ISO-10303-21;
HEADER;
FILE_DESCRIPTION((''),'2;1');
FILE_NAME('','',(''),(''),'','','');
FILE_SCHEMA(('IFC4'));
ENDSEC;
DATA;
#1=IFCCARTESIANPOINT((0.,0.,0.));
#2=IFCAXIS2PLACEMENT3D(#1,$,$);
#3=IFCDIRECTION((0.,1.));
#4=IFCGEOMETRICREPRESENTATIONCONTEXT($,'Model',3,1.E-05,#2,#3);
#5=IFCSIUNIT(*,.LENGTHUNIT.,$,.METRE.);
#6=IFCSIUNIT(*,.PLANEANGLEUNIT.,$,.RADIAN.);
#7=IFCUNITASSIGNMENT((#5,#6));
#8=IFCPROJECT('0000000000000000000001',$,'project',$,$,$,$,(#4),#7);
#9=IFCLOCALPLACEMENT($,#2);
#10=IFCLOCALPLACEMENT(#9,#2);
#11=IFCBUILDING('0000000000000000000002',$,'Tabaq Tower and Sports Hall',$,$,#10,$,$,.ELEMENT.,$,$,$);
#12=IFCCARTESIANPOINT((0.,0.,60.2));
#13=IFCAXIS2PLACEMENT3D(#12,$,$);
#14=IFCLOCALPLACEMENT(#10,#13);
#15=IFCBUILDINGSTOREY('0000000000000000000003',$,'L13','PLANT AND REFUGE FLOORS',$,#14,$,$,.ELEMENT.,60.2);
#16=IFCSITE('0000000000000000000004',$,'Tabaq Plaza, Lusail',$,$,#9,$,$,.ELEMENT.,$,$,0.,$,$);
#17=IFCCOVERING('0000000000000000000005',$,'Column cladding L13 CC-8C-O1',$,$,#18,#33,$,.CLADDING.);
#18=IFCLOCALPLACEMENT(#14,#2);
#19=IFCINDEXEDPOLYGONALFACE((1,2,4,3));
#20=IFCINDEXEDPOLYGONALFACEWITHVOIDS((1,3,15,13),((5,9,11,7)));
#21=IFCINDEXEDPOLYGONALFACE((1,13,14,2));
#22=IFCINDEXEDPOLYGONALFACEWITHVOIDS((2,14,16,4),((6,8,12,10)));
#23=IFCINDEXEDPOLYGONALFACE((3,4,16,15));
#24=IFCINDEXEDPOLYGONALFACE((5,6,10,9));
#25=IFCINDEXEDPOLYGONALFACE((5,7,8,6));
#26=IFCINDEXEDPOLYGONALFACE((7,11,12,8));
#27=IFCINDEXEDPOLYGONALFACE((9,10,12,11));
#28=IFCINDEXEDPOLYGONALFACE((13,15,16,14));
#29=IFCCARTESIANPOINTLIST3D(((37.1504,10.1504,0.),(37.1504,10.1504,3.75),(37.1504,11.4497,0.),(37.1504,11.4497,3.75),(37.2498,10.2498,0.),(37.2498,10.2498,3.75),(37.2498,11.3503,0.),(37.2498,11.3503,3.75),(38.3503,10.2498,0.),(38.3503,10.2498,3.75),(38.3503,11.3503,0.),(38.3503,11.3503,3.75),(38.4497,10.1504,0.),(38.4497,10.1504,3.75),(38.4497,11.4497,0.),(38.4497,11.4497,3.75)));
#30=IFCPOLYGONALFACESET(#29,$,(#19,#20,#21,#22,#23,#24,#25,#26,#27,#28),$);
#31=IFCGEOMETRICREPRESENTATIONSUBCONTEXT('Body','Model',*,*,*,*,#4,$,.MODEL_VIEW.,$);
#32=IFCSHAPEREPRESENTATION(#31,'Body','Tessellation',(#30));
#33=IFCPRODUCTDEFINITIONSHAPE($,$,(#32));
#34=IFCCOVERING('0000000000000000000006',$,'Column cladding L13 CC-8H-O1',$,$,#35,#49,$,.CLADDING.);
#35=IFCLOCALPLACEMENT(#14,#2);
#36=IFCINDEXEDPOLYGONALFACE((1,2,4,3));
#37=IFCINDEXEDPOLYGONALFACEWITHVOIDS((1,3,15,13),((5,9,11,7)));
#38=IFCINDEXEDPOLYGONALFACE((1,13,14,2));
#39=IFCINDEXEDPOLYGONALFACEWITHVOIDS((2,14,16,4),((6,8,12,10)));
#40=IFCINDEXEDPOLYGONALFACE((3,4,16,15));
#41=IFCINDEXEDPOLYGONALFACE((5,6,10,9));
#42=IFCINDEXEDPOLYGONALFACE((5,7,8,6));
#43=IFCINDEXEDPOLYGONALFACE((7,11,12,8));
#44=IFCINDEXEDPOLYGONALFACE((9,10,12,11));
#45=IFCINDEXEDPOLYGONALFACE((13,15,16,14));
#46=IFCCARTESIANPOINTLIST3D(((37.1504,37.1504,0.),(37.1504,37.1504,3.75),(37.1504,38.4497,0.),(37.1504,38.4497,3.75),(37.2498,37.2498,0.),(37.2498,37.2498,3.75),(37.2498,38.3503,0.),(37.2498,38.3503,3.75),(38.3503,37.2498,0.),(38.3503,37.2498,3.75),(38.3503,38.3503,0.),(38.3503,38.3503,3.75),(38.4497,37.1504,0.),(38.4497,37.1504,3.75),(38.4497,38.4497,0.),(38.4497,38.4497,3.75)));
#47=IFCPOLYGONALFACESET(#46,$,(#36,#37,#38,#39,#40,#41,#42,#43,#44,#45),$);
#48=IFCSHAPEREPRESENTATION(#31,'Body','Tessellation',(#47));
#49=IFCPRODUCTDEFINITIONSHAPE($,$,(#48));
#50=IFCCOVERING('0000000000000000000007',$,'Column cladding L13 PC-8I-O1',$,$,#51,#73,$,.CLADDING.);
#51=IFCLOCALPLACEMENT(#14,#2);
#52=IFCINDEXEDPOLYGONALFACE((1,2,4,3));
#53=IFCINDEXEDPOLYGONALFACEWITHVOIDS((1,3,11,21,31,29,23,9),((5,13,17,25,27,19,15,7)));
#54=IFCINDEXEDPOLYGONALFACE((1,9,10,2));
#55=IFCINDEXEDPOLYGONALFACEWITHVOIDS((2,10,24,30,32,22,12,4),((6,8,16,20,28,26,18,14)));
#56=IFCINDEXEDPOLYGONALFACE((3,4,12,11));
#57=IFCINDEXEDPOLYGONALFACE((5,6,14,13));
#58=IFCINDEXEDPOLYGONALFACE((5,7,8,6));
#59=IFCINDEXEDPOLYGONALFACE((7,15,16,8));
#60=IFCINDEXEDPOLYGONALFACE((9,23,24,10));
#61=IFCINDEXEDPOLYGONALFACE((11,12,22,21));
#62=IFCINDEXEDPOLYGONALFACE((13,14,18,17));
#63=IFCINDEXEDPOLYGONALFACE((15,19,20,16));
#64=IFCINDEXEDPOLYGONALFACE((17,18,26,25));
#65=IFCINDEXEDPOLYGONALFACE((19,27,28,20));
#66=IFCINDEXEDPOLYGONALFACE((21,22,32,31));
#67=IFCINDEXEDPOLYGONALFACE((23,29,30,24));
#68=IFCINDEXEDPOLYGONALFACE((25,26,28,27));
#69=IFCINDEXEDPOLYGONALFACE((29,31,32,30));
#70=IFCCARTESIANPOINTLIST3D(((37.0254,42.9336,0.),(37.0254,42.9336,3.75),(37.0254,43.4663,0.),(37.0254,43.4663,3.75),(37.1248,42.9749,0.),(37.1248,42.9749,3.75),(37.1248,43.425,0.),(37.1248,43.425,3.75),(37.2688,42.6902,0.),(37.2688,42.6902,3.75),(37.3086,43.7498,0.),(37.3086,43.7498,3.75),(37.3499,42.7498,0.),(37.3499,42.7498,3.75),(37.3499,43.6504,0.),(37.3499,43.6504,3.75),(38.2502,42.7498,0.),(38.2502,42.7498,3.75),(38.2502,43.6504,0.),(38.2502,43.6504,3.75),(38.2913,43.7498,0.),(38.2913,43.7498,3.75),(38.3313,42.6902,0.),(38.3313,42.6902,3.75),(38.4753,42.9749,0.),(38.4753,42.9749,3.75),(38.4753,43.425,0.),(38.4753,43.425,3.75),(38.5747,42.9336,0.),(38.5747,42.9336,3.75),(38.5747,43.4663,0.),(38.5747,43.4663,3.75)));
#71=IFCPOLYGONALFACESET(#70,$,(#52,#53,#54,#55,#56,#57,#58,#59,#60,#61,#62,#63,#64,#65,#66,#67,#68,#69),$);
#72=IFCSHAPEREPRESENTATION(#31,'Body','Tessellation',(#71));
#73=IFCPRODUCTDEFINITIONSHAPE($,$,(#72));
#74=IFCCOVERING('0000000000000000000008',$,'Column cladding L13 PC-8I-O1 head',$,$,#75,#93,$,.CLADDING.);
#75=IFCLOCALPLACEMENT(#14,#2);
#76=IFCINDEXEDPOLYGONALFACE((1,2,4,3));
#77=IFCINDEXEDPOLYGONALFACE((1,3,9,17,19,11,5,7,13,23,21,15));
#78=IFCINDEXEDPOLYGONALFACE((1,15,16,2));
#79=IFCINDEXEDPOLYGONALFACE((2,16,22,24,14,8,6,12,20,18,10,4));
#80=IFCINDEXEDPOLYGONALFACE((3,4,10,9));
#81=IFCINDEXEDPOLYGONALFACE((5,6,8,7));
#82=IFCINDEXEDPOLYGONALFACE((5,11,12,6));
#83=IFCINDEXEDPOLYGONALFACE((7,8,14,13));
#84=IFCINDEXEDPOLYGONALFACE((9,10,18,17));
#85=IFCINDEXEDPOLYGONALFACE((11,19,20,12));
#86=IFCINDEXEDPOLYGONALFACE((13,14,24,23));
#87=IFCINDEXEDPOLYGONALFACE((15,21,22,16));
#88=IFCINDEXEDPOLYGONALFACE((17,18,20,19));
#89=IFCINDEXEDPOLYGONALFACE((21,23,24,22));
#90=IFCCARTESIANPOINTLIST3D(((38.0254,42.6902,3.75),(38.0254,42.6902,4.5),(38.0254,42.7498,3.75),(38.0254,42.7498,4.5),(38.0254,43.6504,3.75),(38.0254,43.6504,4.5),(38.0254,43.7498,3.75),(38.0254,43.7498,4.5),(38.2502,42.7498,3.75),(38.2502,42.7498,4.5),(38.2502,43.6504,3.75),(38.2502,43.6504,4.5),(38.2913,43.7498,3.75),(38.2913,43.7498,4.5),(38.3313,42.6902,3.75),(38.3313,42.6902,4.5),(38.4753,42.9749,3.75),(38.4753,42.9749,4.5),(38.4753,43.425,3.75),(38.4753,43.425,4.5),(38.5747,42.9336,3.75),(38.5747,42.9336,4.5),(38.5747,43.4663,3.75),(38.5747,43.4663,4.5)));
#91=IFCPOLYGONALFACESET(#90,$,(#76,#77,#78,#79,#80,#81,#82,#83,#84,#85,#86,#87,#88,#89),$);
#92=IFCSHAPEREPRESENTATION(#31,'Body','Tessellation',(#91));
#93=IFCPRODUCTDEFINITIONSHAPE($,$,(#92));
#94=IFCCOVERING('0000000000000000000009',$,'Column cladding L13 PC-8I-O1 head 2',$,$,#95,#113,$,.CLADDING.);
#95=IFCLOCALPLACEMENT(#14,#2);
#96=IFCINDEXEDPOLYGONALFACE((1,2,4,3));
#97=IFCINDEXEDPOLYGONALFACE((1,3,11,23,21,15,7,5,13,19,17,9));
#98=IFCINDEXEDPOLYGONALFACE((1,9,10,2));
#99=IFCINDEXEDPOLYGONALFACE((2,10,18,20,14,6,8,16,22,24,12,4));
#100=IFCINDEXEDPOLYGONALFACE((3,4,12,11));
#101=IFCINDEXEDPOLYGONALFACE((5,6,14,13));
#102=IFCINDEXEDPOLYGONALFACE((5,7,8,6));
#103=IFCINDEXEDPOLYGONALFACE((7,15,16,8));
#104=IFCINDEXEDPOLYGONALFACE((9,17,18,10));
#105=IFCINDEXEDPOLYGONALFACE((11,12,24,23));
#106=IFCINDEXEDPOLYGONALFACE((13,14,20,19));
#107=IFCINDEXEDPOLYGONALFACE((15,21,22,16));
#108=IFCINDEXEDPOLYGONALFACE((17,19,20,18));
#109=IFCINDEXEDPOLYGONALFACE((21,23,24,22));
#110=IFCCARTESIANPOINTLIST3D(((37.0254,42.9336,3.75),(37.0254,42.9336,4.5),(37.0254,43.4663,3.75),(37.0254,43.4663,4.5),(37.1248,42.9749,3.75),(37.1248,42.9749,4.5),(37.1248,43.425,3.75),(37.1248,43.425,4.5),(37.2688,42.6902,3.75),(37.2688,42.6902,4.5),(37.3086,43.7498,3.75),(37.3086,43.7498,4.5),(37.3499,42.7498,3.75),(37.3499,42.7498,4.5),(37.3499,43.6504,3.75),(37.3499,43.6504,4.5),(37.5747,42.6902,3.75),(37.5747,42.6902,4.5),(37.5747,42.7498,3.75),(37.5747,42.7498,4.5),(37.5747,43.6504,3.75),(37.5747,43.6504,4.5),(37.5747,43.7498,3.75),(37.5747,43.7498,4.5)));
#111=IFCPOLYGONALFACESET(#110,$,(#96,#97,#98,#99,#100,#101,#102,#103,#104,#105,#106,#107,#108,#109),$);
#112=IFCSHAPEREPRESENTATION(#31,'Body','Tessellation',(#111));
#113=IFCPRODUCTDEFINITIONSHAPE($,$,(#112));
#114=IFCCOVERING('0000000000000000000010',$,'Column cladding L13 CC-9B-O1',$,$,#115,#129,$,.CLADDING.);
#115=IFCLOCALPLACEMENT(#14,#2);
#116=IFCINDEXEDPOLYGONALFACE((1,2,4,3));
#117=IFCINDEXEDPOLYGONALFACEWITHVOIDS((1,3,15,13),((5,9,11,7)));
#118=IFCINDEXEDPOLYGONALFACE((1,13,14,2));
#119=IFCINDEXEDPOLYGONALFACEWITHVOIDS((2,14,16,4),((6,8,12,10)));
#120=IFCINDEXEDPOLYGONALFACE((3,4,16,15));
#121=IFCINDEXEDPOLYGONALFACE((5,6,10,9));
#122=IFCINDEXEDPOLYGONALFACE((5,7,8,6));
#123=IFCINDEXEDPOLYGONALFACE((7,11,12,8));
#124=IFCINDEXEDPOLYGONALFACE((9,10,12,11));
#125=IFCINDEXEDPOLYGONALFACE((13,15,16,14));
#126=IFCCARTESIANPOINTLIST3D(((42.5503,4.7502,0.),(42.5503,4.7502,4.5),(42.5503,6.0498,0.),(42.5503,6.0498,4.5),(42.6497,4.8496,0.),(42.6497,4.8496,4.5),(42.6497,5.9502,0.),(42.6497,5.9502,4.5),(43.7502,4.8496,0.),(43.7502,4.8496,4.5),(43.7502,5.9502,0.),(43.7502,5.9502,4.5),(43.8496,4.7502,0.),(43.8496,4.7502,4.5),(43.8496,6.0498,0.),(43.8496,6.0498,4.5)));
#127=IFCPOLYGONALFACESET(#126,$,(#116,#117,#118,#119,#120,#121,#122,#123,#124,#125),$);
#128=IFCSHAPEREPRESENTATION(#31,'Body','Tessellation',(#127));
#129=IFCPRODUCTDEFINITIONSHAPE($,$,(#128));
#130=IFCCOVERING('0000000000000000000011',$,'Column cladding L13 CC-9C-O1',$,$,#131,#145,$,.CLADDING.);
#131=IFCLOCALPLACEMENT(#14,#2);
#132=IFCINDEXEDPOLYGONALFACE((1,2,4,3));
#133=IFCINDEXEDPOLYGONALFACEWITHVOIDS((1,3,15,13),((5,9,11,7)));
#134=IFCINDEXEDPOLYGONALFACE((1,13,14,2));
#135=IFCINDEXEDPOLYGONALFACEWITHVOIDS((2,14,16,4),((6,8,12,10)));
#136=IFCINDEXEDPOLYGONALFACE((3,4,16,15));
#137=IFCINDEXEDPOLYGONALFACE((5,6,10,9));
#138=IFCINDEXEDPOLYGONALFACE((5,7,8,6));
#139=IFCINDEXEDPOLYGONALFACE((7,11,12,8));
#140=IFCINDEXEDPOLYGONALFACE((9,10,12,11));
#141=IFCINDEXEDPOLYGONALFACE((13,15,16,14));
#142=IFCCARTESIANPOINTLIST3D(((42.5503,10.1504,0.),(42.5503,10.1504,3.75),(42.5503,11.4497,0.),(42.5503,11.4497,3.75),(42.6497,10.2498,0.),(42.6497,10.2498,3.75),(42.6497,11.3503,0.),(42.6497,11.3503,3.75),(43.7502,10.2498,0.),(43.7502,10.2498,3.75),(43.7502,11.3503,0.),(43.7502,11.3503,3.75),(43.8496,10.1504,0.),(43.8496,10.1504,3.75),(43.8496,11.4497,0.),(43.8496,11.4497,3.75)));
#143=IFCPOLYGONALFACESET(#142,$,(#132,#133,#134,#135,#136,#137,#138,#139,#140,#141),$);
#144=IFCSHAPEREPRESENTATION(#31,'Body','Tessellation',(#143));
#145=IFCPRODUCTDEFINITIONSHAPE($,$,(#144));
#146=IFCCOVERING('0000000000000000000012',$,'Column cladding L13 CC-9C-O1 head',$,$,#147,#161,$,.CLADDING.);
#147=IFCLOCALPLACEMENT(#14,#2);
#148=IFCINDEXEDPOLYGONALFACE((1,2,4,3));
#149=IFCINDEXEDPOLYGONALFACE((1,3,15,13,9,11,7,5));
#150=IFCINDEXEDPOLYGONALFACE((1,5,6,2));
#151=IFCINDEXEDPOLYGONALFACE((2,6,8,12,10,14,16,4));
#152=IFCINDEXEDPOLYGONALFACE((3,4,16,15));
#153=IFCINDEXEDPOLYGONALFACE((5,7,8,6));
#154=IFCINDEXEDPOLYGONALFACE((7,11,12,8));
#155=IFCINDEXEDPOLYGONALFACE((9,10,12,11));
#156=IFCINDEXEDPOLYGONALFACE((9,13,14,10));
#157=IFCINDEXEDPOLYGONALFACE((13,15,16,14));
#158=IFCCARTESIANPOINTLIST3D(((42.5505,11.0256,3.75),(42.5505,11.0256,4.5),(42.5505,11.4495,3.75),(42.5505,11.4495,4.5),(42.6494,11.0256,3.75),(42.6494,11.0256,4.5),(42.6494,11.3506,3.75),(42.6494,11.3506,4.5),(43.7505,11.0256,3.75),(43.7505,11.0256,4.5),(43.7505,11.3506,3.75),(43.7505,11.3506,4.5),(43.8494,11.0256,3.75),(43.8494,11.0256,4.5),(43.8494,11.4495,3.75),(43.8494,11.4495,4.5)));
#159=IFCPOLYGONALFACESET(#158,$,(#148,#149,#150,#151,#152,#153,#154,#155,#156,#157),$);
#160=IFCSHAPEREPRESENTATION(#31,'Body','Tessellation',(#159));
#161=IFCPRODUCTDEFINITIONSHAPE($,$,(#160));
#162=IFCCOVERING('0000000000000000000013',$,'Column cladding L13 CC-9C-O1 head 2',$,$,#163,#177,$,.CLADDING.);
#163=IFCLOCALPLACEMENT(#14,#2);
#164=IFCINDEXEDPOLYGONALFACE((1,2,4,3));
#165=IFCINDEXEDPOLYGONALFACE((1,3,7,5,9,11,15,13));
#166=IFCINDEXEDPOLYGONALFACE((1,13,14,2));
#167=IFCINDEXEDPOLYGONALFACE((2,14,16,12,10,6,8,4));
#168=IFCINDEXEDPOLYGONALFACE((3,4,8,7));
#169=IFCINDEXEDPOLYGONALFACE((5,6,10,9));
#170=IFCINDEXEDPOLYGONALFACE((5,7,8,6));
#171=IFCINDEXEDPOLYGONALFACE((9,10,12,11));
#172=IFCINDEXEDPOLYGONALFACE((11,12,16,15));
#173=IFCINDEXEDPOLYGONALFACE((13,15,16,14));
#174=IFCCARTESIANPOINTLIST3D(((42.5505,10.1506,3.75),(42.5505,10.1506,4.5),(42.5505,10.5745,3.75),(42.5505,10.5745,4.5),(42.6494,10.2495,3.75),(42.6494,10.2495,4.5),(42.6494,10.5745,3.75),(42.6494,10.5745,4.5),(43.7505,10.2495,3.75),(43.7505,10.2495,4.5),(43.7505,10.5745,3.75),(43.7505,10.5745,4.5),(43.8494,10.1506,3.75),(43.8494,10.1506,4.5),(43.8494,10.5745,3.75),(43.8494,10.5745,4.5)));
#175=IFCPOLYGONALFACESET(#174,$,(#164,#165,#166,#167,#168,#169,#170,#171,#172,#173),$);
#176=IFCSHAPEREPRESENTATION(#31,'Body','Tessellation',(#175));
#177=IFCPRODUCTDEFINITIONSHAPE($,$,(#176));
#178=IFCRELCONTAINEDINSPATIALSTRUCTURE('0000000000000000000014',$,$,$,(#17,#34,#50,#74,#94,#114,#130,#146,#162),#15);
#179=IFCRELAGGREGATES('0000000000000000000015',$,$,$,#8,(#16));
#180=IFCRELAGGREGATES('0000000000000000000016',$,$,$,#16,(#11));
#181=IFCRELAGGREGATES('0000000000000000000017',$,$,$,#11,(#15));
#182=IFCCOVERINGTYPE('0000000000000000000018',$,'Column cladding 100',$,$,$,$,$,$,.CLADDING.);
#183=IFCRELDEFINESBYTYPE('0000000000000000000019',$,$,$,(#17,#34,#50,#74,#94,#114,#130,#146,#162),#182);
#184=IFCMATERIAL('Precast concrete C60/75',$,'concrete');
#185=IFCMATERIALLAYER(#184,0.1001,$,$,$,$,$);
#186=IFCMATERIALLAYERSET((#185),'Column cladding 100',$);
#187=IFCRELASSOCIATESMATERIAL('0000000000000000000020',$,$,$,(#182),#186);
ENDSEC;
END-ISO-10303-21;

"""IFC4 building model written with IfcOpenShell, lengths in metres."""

from ifc_helpers import new_model, si_unit, direction, frame, origin, place, context, subcontext, project, spatial, polyline, outline, extrude, material, layer, layer_set, type_object, element, save


model = new_model("IFC4")

# Units and contexts
model_context = context("Model", 3, precision=1e-05, world=origin(), true_north=direction((0.0, 1.0)))
body_context = subcontext(model_context, "Body", "Model", "MODEL_VIEW")
ifc_project = project(units=[si_unit("LENGTHUNIT", "METRE"), si_unit("PLANEANGLEUNIT", "RADIAN")], contexts=[model_context])

# Site, building, storey
site_placement = place(None, origin())
site = spatial("IfcSite", under=ifc_project, at=site_placement, Name="Tabaq Plaza, Lusail", CompositionType="ELEMENT", RefElevation=0.0)
building_placement = place(site_placement, origin())
building = spatial("IfcBuilding", under=site, at=building_placement, Name="Tabaq Tower and Sports Hall", CompositionType="ELEMENT")
storey_placement = place(building_placement, frame((0.0, 0.0, 60.2)))
storey = spatial("IfcBuildingStorey", under=building, at=storey_placement, Name="L13", Description="PLANT AND REFUGE FLOORS", CompositionType="ELEMENT", Elevation=60.2)

# Coverings
ifc_material_1 = material(Name="Precast concrete C60/75", Category="concrete")
ifc_layer_1 = layer(ifc_material_1, 0.1001)
ifc_layer_set_1 = layer_set([ifc_layer_1], Name="Column cladding 100")
covering_type_1 = type_object("IfcCoveringType", Name="Column cladding 100", PredefinedType="CLADDING", material=ifc_layer_set_1)
covering_1_placement = place(storey_placement, origin())
element("IfcCovering", 1, at=covering_1_placement, inside=storey, type_object=covering_type_1, Name="Column cladding L13 CC-8C-O1", PredefinedType="CLADDING", context=body_context, shape_type="SweptSolid", body=[
    extrude(outline(polyline([(37.1504, 11.4497), (38.4497, 11.4497), (38.4497, 10.1504), (37.1504, 10.1504), (37.1504, 11.4497)]), holes=[polyline([(38.3503, 10.2498), (38.3503, 11.3503), (37.2498, 11.3503), (37.2498, 10.2498), (38.3503, 10.2498)])]), origin(), (0.0, 0.0, 1.0), 3.75),
])
covering_2_placement = place(storey_placement, origin())
element("IfcCovering", 2, at=covering_2_placement, inside=storey, type_object=covering_type_1, Name="Column cladding L13 CC-8H-O1", PredefinedType="CLADDING", context=body_context, shape_type="SweptSolid", body=[
    extrude(outline(polyline([(37.1504, 38.4497), (38.4497, 38.4497), (38.4497, 37.1504), (37.1504, 37.1504), (37.1504, 38.4497)]), holes=[polyline([(38.3503, 37.2498), (38.3503, 38.3503), (37.2498, 38.3503), (37.2498, 37.2498), (38.3503, 37.2498)])]), origin(), (0.0, 0.0, 1.0), 3.75),
])
covering_3_placement = place(storey_placement, origin())
element("IfcCovering", 3, at=covering_3_placement, inside=storey, type_object=covering_type_1, Name="Column cladding L13 PC-8I-O1", PredefinedType="CLADDING", context=body_context, shape_type="SweptSolid", body=[
    extrude(outline(polyline([(37.0254, 43.4663), (37.3086, 43.7498), (38.2913, 43.7498), (38.5747, 43.4663), (38.5747, 42.9336), (38.3313, 42.6902), (37.2688, 42.6902), (37.0254, 42.9336), (37.0254, 43.4663)]), holes=[polyline([(38.4753, 42.9749), (38.4753, 43.425), (38.2502, 43.6504), (37.3499, 43.6504), (37.1248, 43.425), (37.1248, 42.9749), (37.3499, 42.7498), (38.2502, 42.7498), (38.4753, 42.9749)])]), origin(), (0.0, 0.0, 1.0), 3.75),
])
covering_4_placement = place(storey_placement, frame((0.0, 0.0, 3.75)))
element("IfcCovering", 4, at=covering_4_placement, inside=storey, type_object=covering_type_1, Name="Column cladding L13 PC-8I-O1 head", PredefinedType="CLADDING", context=body_context, shape_type="SweptSolid", body=[
    extrude(outline(polyline([(38.2913, 43.7498), (38.5747, 43.4663), (38.5747, 42.9336), (38.3313, 42.6902), (38.0254, 42.6902), (38.0254, 42.7498), (38.2502, 42.7498), (38.4753, 42.9749), (38.4753, 43.425), (38.2502, 43.6504), (38.0254, 43.6504), (38.0254, 43.7498), (38.2913, 43.7498)])), origin(), (0.0, 0.0, 1.0), 0.75),
])
covering_5_placement = place(storey_placement, frame((0.0, 0.0, 3.75)))
element("IfcCovering", 5, at=covering_5_placement, inside=storey, type_object=covering_type_1, Name="Column cladding L13 PC-8I-O1 head 2", PredefinedType="CLADDING", context=body_context, shape_type="SweptSolid", body=[
    extrude(outline(polyline([(37.3086, 43.7498), (37.5747, 43.7498), (37.5747, 43.6504), (37.3499, 43.6504), (37.1248, 43.425), (37.1248, 42.9749), (37.3499, 42.7498), (37.5747, 42.7498), (37.5747, 42.6902), (37.2688, 42.6902), (37.0254, 42.9336), (37.0254, 43.4663), (37.3086, 43.7498)])), origin(), (0.0, 0.0, 1.0), 0.75),
])
covering_6_placement = place(storey_placement, origin())
element("IfcCovering", 6, at=covering_6_placement, inside=storey, type_object=covering_type_1, Name="Column cladding L13 CC-9B-O1", PredefinedType="CLADDING", context=body_context, shape_type="SweptSolid", body=[
    extrude(outline(polyline([(42.5503, 6.0498), (43.8496, 6.0498), (43.8496, 4.7502), (42.5503, 4.7502), (42.5503, 6.0498)]), holes=[polyline([(43.7502, 4.8496), (43.7502, 5.9502), (42.6497, 5.9502), (42.6497, 4.8496), (43.7502, 4.8496)])]), origin(), (0.0, 0.0, 1.0), 4.5),
])
covering_7_placement = place(storey_placement, origin())
element("IfcCovering", 7, at=covering_7_placement, inside=storey, type_object=covering_type_1, Name="Column cladding L13 CC-9C-O1", PredefinedType="CLADDING", context=body_context, shape_type="SweptSolid", body=[
    extrude(outline(polyline([(42.5503, 11.4497), (43.8496, 11.4497), (43.8496, 10.1504), (42.5503, 10.1504), (42.5503, 11.4497)]), holes=[polyline([(43.7502, 10.2498), (43.7502, 11.3503), (42.6497, 11.3503), (42.6497, 10.2498), (43.7502, 10.2498)])]), origin(), (0.0, 0.0, 1.0), 3.75),
])
covering_8_placement = place(storey_placement, frame((0.0, 0.0, 3.75)))
element("IfcCovering", 8, at=covering_8_placement, inside=storey, type_object=covering_type_1, Name="Column cladding L13 CC-9C-O1 head", PredefinedType="CLADDING", context=body_context, shape_type="SweptSolid", body=[
    extrude(outline(polyline([(42.6494, 11.0256), (42.5505, 11.0256), (42.5505, 11.4495), (43.8494, 11.4495), (43.8494, 11.0256), (43.7505, 11.0256), (43.7505, 11.3506), (42.6494, 11.3506), (42.6494, 11.0256)])), origin(), (0.0, 0.0, 1.0), 0.75),
])
covering_9_placement = place(storey_placement, frame((0.0, 0.0, 3.75)))
element("IfcCovering", 9, at=covering_9_placement, inside=storey, type_object=covering_type_1, Name="Column cladding L13 CC-9C-O1 head 2", PredefinedType="CLADDING", context=body_context, shape_type="SweptSolid", body=[
    extrude(outline(polyline([(42.6494, 10.5745), (42.6494, 10.2495), (43.7505, 10.2495), (43.7505, 10.5745), (43.8494, 10.5745), (43.8494, 10.1506), (42.5505, 10.1506), (42.5505, 10.5745), (42.6494, 10.5745)])), origin(), (0.0, 0.0, 1.0), 0.75),
])

save(model, "model.ifc")
